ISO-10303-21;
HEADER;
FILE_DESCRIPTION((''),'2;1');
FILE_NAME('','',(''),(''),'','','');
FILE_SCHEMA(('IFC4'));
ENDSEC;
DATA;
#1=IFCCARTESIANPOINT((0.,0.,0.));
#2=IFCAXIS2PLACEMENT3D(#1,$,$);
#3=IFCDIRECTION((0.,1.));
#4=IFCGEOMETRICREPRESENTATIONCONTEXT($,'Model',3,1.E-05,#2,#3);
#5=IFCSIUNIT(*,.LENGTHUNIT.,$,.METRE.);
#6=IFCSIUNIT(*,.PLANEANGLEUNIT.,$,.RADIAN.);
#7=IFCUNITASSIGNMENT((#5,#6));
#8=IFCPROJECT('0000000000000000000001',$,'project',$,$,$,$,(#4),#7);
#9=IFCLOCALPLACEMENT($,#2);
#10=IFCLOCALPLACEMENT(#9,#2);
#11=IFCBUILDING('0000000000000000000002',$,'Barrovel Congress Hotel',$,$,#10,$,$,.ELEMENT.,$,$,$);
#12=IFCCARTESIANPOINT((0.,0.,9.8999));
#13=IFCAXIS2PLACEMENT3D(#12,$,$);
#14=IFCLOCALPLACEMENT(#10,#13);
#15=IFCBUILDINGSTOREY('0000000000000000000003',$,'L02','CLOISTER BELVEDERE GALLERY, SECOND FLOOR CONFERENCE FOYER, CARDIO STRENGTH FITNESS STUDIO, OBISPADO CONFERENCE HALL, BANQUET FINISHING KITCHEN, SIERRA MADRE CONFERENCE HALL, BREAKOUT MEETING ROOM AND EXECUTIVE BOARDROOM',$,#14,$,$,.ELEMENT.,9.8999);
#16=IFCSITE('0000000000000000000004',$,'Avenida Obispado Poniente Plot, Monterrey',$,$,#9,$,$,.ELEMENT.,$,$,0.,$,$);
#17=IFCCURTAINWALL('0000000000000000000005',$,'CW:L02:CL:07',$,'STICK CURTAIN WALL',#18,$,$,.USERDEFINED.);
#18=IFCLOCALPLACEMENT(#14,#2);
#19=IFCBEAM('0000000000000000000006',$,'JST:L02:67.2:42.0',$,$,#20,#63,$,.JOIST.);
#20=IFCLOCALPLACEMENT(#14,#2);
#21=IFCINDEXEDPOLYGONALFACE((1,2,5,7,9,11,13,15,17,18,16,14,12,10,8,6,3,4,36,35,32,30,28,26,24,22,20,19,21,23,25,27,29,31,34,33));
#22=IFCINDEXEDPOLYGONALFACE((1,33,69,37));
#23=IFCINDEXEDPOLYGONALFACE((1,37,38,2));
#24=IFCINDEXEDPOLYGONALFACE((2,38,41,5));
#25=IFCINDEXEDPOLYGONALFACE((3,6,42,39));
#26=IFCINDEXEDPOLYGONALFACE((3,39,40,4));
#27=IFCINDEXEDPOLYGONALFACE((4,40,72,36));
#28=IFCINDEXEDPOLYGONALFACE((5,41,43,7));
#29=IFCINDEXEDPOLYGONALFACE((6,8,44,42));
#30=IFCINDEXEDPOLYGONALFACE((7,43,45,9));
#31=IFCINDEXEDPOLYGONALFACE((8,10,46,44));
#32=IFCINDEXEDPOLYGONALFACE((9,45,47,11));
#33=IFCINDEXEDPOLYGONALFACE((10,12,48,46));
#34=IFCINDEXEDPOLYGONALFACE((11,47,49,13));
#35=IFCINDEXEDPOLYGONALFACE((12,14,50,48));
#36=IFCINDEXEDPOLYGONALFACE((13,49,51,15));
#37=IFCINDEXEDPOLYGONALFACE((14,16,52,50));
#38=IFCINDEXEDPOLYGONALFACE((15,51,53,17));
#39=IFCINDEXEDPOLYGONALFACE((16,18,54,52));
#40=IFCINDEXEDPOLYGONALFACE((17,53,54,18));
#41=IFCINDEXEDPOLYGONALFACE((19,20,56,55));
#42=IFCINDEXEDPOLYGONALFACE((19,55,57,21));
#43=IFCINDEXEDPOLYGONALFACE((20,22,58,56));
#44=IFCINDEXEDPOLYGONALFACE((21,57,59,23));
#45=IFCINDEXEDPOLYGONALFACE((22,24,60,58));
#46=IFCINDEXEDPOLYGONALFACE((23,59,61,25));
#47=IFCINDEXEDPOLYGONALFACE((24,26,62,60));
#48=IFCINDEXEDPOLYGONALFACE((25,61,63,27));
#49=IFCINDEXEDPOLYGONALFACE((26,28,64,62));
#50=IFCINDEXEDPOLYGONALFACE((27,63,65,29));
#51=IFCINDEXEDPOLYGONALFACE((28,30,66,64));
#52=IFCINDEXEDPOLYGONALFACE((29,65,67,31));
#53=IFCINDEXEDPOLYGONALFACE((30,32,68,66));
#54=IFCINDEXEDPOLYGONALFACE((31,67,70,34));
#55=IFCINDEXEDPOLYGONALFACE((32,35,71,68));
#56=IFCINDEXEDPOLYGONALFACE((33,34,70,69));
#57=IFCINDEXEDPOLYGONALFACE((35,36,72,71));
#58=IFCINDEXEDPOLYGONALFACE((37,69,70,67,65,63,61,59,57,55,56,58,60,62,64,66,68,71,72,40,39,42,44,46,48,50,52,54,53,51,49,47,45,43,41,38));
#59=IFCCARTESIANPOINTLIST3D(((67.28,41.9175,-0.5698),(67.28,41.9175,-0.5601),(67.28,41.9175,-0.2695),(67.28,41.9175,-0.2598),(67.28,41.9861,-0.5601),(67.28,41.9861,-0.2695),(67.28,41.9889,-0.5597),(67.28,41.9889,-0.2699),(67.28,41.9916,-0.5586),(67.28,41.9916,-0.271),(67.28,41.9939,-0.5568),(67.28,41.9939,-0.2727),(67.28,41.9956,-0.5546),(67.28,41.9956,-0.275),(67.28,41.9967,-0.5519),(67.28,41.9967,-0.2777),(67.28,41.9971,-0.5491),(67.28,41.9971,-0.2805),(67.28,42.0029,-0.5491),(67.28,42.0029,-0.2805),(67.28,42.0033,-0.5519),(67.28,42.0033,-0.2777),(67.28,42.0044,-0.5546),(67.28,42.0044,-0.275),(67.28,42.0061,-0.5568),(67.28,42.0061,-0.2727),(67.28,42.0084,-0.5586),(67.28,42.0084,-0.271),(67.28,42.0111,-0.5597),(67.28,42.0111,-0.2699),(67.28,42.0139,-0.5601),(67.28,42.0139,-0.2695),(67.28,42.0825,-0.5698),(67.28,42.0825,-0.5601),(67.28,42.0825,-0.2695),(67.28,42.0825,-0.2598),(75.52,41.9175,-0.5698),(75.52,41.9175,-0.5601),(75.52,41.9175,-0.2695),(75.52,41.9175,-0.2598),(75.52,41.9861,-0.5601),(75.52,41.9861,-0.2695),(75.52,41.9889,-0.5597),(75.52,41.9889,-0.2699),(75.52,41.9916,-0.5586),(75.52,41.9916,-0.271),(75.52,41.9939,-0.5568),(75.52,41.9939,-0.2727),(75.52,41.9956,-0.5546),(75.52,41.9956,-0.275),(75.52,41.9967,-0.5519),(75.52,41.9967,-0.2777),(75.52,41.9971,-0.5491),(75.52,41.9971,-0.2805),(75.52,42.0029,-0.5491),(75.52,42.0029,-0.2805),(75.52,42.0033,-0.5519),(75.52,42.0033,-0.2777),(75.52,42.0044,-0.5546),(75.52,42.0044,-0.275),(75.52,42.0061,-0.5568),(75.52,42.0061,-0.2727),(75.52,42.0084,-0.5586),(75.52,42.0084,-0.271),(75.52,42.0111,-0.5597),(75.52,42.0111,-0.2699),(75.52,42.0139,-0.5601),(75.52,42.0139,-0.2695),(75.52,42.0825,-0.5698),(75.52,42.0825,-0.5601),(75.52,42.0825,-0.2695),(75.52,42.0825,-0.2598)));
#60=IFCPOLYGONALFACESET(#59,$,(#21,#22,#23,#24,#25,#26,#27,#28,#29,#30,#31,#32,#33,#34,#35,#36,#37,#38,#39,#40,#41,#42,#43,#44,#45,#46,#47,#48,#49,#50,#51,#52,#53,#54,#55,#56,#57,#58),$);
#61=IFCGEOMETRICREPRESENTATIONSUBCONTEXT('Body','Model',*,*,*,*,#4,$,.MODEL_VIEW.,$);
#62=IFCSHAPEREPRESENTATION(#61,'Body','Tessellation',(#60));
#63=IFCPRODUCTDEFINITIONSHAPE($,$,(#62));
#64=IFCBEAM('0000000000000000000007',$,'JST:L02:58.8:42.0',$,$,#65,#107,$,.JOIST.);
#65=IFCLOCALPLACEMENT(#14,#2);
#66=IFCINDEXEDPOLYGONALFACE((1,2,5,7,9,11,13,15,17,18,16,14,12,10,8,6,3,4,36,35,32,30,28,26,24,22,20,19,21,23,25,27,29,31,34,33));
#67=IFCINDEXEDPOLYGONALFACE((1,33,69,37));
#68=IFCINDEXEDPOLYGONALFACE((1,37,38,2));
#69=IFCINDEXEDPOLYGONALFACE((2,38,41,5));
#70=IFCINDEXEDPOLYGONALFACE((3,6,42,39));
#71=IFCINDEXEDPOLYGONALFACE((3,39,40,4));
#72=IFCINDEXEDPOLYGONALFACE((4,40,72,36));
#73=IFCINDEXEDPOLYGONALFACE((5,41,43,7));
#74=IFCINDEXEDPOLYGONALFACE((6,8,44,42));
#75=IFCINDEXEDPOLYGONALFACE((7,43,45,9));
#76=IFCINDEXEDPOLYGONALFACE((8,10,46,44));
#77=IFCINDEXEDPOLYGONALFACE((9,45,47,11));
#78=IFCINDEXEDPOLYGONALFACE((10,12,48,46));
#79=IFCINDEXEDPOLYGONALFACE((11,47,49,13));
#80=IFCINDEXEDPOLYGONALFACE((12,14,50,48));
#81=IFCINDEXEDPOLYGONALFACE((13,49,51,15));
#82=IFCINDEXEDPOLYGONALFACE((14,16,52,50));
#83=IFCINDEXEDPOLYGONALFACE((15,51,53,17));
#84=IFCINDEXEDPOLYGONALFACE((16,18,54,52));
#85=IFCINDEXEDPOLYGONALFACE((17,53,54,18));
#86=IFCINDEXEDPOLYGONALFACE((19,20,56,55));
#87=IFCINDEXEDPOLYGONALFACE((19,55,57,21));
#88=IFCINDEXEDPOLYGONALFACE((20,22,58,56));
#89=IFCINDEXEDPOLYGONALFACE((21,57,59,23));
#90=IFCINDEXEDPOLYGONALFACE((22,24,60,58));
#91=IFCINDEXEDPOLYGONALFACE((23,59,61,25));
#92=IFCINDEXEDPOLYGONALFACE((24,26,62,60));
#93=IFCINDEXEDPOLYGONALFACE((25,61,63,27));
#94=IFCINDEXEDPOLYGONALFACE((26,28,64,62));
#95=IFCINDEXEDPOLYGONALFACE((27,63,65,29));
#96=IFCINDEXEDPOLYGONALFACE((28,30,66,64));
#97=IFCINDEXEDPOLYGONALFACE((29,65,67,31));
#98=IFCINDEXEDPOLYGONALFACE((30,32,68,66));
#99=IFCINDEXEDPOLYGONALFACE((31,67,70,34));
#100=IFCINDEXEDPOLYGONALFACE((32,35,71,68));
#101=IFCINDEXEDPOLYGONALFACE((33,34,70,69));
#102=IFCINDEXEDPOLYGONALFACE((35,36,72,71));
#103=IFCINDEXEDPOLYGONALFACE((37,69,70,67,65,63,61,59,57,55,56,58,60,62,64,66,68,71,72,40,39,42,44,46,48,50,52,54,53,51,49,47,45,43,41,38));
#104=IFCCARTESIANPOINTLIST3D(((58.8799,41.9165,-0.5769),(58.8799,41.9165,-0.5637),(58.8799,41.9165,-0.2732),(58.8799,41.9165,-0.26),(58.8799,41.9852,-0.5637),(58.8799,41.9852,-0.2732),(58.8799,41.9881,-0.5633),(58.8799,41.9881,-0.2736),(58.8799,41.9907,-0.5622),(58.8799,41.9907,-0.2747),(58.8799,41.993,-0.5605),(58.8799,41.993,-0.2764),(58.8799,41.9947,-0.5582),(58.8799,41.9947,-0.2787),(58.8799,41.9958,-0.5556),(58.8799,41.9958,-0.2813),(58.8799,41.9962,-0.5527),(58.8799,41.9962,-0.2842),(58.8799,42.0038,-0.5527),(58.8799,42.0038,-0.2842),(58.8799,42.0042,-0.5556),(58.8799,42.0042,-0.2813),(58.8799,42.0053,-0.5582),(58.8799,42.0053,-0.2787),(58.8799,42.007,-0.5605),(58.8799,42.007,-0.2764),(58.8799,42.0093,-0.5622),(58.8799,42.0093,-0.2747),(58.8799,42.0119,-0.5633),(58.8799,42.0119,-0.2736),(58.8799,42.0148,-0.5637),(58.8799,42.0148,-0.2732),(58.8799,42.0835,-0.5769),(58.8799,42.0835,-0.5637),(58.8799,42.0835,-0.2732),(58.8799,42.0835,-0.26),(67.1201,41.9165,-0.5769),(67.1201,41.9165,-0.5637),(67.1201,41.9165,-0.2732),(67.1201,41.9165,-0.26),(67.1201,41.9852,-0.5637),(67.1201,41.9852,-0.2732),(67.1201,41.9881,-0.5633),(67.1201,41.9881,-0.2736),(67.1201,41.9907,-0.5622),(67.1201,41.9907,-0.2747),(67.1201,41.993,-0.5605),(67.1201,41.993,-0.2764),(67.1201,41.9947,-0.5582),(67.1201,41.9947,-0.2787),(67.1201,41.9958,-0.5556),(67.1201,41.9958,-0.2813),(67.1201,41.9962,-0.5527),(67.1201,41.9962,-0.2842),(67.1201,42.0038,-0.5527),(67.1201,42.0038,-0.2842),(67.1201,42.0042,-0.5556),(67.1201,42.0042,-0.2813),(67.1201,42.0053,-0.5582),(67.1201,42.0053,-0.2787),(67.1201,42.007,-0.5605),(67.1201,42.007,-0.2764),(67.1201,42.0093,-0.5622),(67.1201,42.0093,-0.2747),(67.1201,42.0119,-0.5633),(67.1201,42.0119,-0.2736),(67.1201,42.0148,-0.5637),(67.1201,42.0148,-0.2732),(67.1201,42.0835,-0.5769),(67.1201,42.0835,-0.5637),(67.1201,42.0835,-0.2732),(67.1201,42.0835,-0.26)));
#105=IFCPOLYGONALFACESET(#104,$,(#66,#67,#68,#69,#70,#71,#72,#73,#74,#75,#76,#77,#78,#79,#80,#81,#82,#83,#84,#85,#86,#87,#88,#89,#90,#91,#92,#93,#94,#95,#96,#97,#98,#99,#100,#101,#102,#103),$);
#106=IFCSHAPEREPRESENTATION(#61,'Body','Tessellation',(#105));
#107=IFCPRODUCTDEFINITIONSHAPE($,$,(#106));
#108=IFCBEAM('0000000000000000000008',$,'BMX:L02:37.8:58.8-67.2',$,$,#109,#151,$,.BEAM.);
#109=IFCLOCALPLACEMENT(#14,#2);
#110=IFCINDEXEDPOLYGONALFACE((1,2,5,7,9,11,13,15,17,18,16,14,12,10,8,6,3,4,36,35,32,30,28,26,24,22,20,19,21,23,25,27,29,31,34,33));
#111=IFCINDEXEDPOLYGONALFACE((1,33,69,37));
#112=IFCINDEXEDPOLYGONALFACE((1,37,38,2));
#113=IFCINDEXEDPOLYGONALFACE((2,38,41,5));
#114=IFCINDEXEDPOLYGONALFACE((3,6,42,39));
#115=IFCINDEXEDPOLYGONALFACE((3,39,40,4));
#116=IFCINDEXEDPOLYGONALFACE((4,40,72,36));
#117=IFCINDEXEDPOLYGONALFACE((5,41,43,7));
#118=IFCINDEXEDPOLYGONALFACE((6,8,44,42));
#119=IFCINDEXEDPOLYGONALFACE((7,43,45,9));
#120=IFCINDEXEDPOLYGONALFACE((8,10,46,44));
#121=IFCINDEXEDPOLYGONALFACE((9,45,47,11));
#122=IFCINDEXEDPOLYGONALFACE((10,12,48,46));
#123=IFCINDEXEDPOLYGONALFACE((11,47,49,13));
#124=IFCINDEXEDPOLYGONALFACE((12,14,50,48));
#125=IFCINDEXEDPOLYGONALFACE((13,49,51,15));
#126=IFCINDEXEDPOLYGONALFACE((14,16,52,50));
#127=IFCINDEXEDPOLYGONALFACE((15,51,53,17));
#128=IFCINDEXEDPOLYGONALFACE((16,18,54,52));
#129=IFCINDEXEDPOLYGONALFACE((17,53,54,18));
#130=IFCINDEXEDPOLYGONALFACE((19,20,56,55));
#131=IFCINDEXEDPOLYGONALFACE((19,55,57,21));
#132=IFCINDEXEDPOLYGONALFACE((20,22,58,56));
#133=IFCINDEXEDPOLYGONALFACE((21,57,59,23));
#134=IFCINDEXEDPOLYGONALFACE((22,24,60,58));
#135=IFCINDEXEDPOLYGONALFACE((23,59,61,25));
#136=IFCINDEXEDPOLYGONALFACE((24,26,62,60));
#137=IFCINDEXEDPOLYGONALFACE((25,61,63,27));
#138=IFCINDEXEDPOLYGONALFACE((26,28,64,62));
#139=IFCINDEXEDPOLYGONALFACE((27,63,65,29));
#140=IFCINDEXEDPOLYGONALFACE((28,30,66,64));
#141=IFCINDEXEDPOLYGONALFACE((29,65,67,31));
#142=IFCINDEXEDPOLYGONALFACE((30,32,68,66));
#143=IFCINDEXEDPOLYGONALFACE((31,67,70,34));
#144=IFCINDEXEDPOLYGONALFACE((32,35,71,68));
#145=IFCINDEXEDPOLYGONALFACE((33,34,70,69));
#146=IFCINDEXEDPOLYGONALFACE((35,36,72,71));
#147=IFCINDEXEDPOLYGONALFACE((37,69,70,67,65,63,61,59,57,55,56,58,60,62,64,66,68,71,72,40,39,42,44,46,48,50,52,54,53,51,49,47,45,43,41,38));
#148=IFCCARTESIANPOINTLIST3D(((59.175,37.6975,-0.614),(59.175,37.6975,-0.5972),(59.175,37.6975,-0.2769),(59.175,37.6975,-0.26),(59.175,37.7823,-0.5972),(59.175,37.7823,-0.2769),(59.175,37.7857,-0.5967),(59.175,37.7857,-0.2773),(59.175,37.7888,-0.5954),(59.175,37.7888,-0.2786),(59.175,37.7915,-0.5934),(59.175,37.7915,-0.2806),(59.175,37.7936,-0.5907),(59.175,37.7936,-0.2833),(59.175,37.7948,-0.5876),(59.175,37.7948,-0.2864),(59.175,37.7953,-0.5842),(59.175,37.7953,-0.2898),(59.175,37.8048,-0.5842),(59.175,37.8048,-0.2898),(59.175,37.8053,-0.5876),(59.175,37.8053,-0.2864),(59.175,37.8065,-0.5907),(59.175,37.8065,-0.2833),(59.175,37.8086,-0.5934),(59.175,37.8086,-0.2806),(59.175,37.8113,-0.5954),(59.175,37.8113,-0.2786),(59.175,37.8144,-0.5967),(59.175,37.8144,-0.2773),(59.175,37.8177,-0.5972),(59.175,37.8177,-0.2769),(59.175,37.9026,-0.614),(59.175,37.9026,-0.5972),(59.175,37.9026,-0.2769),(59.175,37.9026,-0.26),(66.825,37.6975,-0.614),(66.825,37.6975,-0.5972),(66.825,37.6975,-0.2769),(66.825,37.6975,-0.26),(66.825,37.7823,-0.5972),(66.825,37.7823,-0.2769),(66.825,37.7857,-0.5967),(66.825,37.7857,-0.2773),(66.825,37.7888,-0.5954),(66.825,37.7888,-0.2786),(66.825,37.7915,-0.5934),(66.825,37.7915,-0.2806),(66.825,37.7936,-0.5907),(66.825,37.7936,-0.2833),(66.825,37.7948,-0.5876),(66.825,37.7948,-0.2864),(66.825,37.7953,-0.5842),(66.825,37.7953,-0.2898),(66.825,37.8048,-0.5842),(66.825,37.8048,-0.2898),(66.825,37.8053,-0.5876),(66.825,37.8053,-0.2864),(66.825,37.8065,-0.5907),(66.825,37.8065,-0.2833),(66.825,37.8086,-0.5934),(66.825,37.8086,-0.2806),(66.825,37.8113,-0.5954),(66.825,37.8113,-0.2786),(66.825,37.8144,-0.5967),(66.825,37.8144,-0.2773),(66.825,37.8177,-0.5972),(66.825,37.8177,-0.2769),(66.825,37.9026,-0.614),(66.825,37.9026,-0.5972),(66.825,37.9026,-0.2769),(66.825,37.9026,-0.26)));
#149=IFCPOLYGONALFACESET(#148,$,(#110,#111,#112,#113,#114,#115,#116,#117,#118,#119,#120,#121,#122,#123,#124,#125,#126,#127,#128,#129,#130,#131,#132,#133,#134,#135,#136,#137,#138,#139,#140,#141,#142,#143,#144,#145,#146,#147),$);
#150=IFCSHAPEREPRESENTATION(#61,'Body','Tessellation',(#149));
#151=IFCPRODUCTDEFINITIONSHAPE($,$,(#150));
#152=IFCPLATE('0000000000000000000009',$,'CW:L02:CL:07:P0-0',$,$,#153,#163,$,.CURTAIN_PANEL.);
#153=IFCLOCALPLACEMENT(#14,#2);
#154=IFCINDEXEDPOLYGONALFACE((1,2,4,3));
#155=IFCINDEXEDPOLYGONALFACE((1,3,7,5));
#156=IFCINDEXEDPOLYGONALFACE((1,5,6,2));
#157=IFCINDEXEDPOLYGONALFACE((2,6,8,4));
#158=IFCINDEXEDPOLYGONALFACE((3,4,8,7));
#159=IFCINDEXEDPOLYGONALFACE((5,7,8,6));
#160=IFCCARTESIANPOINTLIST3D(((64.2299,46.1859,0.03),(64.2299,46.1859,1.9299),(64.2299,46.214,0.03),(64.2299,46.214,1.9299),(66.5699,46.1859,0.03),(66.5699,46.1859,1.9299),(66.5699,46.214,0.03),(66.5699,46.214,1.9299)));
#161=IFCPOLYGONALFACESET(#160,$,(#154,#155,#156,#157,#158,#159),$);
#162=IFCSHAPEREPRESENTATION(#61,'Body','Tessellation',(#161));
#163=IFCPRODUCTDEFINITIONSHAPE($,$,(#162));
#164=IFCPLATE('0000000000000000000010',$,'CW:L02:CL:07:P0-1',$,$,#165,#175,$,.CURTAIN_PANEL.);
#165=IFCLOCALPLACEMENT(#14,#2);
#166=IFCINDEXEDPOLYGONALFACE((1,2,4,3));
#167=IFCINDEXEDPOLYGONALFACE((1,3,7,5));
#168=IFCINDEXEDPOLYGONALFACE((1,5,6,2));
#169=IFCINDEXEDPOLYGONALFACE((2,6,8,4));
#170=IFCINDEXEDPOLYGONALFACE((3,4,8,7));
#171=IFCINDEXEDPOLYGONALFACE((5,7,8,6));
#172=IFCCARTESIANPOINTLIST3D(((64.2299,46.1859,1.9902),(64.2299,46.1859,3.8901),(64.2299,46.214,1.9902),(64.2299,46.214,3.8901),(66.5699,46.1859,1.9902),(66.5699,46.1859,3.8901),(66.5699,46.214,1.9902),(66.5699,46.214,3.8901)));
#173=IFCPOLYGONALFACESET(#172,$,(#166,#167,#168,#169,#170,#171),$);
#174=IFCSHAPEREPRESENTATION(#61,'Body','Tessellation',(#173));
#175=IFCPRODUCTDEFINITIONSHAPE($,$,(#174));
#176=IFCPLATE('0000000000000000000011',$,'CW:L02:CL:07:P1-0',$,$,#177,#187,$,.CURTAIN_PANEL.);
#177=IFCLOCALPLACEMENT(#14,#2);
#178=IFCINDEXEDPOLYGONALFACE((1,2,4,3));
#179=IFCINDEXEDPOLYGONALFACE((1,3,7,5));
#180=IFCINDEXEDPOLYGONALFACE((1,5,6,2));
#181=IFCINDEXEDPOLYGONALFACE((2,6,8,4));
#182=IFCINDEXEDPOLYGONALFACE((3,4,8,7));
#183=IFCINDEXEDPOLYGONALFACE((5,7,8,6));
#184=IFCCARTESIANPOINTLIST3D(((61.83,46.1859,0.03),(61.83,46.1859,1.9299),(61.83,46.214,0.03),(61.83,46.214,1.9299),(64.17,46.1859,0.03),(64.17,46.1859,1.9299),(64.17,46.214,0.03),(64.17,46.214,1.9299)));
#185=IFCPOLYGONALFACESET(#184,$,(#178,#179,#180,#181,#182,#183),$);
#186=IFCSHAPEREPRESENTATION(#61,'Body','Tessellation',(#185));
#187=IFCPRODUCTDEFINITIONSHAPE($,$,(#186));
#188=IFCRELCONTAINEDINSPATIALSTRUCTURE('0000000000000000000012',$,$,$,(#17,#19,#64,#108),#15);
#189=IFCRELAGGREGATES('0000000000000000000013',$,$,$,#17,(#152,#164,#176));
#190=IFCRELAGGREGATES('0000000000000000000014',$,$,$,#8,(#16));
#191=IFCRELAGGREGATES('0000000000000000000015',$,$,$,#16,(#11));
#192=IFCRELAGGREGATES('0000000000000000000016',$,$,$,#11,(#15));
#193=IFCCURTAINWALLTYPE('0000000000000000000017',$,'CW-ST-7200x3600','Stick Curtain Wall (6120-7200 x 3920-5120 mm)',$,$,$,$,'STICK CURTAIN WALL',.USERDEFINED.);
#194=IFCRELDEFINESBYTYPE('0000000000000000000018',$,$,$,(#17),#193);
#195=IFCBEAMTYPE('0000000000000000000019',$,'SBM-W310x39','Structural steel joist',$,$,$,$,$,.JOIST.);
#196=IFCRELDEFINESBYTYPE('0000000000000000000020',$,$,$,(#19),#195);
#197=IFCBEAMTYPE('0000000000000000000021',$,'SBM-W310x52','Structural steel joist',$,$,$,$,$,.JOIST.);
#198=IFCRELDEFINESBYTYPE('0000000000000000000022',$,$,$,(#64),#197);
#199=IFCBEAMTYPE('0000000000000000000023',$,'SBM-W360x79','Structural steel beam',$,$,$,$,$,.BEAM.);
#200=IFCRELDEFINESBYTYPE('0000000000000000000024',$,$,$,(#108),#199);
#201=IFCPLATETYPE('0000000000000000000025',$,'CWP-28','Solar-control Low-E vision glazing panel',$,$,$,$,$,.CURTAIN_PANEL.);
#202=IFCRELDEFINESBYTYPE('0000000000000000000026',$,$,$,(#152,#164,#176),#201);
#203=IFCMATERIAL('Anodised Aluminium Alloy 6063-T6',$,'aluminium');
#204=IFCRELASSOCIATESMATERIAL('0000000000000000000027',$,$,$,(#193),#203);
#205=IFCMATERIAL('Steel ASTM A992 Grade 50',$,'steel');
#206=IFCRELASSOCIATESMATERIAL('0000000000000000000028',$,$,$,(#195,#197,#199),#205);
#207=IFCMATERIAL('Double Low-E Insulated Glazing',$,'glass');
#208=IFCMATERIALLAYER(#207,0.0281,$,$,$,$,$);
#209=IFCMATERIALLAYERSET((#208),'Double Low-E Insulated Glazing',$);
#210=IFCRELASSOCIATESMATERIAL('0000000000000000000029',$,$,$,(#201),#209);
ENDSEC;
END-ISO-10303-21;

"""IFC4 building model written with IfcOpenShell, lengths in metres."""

from ifc_helpers import new_model, si_unit, direction, frame, origin, origin_2d, place, context, subcontext, project, spatial, rectangle, i_section, extrude, material, layer, layer_set, material_profile, profile_set, type_object, element, aggregate, save


model = new_model("IFC4")

# Units and contexts
model_context = context("Model", 3, precision=1e-05, world=origin(), true_north=direction((0.0, 1.0)))
body_context = subcontext(model_context, "Body", "Model", "MODEL_VIEW")
ifc_project = project(units=[si_unit("LENGTHUNIT", "METRE"), si_unit("PLANEANGLEUNIT", "RADIAN")], contexts=[model_context])

# Site, building, storey
site_placement = place(None, origin())
site = spatial("IfcSite", under=ifc_project, at=site_placement, Name="Avenida Obispado Poniente Plot, Monterrey", CompositionType="ELEMENT", RefElevation=0.0)
building_placement = place(site_placement, origin())
building = spatial("IfcBuilding", under=site, at=building_placement, Name="Barrovel Congress Hotel", CompositionType="ELEMENT")
storey_placement = place(building_placement, frame((0.0, 0.0, 9.8999)))
storey = spatial("IfcBuildingStorey", under=building, at=storey_placement, Name="L02", Description="CLOISTER BELVEDERE GALLERY, SECOND FLOOR CONFERENCE FOYER, CARDIO STRENGTH FITNESS STUDIO, OBISPADO CONFERENCE HALL, BANQUET FINISHING KITCHEN, SIERRA MADRE CONFERENCE HALL, BREAKOUT MEETING ROOM AND EXECUTIVE BOARDROOM", CompositionType="ELEMENT", Elevation=9.8999)

# Curtain wall
ifc_material_1 = material(Name="Anodised Aluminium Alloy 6063-T6", Category="aluminium")
curtain_wall_type = type_object("IfcCurtainWallType", Name="CW-ST-7200x3600", Description="Stick Curtain Wall (6120-7200 x 3920-5120 mm)", ElementType="STICK CURTAIN WALL", PredefinedType="USERDEFINED", material=ifc_material_1)
curtain_wall_placement = place(storey_placement, origin())
curtain_wall = element("IfcCurtainWall", 1, at=curtain_wall_placement, inside=storey, type_object=curtain_wall_type, Name="CW:L02:CL:07", ObjectType="STICK CURTAIN WALL", PredefinedType="USERDEFINED")

# Beams
ifc_material_2 = material(Name="Steel ASTM A992 Grade 50", Category="steel")
ifc_material_profile_1 = material_profile(ifc_material_2, i_section(OverallWidth=0.165, OverallDepth=0.3101, WebThickness=0.0059, FlangeThickness=0.0098, FilletRadius=0.011, at=origin_2d()), Name="W310x39")
ifc_profile_set_1 = profile_set([ifc_material_profile_1], Name="Steel ASTM A992 Grade 50")
beam_type_1 = type_object("IfcBeamType", Name="SBM-W310x39", Description="Structural steel joist", PredefinedType="JOIST", material=ifc_profile_set_1)
beam_1_placement = place(storey_placement, frame((67.28, 42.0, -0.4148), z_axis=(1.0, 0.0, 0.0), x_axis=(0.0, 1.0, 0.0)))
element("IfcBeam", 2, at=beam_1_placement, inside=storey, type_object=beam_type_1, Name="JST:L02:67.2:42.0", PredefinedType="JOIST", context=body_context, shape_type="SweptSolid", body=[
    extrude(i_section(OverallWidth=0.165, OverallDepth=0.3101, WebThickness=0.0059, FlangeThickness=0.0098, FilletRadius=0.011, at=origin_2d()), origin(), (0.0, 0.0, 1.0), 8.24),
])
ifc_material_profile_2 = material_profile(ifc_material_2, i_section(OverallWidth=0.167, OverallDepth=0.3169, WebThickness=0.0076, FlangeThickness=0.0132, FilletRadius=0.011, at=origin_2d()), Name="W310x52")
ifc_profile_set_2 = profile_set([ifc_material_profile_2], Name="Steel ASTM A992 Grade 50")
beam_type_2 = type_object("IfcBeamType", Name="SBM-W310x52", Description="Structural steel joist", PredefinedType="JOIST", material=ifc_profile_set_2)
beam_2_placement = place(storey_placement, frame((58.8799, 42.0, -0.4185), z_axis=(1.0, 0.0, 0.0), x_axis=(0.0, 1.0, 0.0)))
element("IfcBeam", 3, at=beam_2_placement, inside=storey, type_object=beam_type_2, Name="JST:L02:58.8:42.0", PredefinedType="JOIST", context=body_context, shape_type="SweptSolid", body=[
    extrude(i_section(OverallWidth=0.167, OverallDepth=0.3169, WebThickness=0.0076, FlangeThickness=0.0132, FilletRadius=0.011, at=origin_2d()), origin(), (0.0, 0.0, 1.0), 8.2402),
])
ifc_material_profile_3 = material_profile(ifc_material_2, i_section(OverallWidth=0.2051, OverallDepth=0.354, WebThickness=0.0095, FlangeThickness=0.0168, FilletRadius=0.0129, at=origin_2d()), Name="W360x79")
ifc_profile_set_3 = profile_set([ifc_material_profile_3], Name="Steel ASTM A992 Grade 50")
beam_type_3 = type_object("IfcBeamType", Name="SBM-W360x79", Description="Structural steel beam", PredefinedType="BEAM", material=ifc_profile_set_3)
beam_3_placement = place(storey_placement, frame((59.175, 37.8, -0.437), z_axis=(1.0, 0.0, 0.0), x_axis=(0.0, 1.0, 0.0)))
element("IfcBeam", 4, at=beam_3_placement, inside=storey, type_object=beam_type_3, Name="BMX:L02:37.8:58.8-67.2", PredefinedType="BEAM", context=body_context, shape_type="SweptSolid", body=[
    extrude(i_section(OverallWidth=0.2051, OverallDepth=0.354, WebThickness=0.0095, FlangeThickness=0.0168, FilletRadius=0.0129, at=origin_2d()), origin(), (0.0, 0.0, 1.0), 7.6499),
])

# Plates
ifc_material_3 = material(Name="Double Low-E Insulated Glazing", Category="glass")
ifc_layer_1 = layer(ifc_material_3, 0.0281)
ifc_layer_set_1 = layer_set([ifc_layer_1], Name="Double Low-E Insulated Glazing")
plate_type = type_object("IfcPlateType", Name="CWP-28", Description="Solar-control Low-E vision glazing panel", PredefinedType="CURTAIN_PANEL", material=ifc_layer_set_1)
plate_1_placement = place(storey_placement, frame((65.3999, 46.2, 0.03), z_axis=(0.0, 0.0, 1.0), x_axis=(-1.0, 0.0, 0.0)))
plate_1 = element("IfcPlate", 5, at=plate_1_placement, type_object=plate_type, Name="CW:L02:CL:07:P0-0", PredefinedType="CURTAIN_PANEL", context=body_context, shape_type="SweptSolid", body=[
    extrude(rectangle(XDim=2.3401, YDim=0.0281, at=origin_2d()), origin(), (0.0, 0.0, 1.0), 1.8999),
])
plate_2_placement = place(storey_placement, frame((65.3999, 46.2, 1.9902), z_axis=(0.0, 0.0, 1.0), x_axis=(-1.0, 0.0, 0.0)))
plate_2 = element("IfcPlate", 6, at=plate_2_placement, type_object=plate_type, Name="CW:L02:CL:07:P0-1", PredefinedType="CURTAIN_PANEL", context=body_context, shape_type="SweptSolid", body=[
    extrude(rectangle(XDim=2.3401, YDim=0.0281, at=origin_2d()), origin(), (0.0, 0.0, 1.0), 1.8999),
])
plate_3_placement = place(storey_placement, frame((63.0, 46.2, 0.03), z_axis=(0.0, 0.0, 1.0), x_axis=(-1.0, 0.0, 0.0)))
plate_3 = element("IfcPlate", 7, at=plate_3_placement, type_object=plate_type, Name="CW:L02:CL:07:P1-0", PredefinedType="CURTAIN_PANEL", context=body_context, shape_type="SweptSolid", body=[
    extrude(rectangle(XDim=2.3401, YDim=0.0281, at=origin_2d()), origin(), (0.0, 0.0, 1.0), 1.8999),
])
aggregate(curtain_wall, [plate_1, plate_2, plate_3])

save(model, "model.ifc")
